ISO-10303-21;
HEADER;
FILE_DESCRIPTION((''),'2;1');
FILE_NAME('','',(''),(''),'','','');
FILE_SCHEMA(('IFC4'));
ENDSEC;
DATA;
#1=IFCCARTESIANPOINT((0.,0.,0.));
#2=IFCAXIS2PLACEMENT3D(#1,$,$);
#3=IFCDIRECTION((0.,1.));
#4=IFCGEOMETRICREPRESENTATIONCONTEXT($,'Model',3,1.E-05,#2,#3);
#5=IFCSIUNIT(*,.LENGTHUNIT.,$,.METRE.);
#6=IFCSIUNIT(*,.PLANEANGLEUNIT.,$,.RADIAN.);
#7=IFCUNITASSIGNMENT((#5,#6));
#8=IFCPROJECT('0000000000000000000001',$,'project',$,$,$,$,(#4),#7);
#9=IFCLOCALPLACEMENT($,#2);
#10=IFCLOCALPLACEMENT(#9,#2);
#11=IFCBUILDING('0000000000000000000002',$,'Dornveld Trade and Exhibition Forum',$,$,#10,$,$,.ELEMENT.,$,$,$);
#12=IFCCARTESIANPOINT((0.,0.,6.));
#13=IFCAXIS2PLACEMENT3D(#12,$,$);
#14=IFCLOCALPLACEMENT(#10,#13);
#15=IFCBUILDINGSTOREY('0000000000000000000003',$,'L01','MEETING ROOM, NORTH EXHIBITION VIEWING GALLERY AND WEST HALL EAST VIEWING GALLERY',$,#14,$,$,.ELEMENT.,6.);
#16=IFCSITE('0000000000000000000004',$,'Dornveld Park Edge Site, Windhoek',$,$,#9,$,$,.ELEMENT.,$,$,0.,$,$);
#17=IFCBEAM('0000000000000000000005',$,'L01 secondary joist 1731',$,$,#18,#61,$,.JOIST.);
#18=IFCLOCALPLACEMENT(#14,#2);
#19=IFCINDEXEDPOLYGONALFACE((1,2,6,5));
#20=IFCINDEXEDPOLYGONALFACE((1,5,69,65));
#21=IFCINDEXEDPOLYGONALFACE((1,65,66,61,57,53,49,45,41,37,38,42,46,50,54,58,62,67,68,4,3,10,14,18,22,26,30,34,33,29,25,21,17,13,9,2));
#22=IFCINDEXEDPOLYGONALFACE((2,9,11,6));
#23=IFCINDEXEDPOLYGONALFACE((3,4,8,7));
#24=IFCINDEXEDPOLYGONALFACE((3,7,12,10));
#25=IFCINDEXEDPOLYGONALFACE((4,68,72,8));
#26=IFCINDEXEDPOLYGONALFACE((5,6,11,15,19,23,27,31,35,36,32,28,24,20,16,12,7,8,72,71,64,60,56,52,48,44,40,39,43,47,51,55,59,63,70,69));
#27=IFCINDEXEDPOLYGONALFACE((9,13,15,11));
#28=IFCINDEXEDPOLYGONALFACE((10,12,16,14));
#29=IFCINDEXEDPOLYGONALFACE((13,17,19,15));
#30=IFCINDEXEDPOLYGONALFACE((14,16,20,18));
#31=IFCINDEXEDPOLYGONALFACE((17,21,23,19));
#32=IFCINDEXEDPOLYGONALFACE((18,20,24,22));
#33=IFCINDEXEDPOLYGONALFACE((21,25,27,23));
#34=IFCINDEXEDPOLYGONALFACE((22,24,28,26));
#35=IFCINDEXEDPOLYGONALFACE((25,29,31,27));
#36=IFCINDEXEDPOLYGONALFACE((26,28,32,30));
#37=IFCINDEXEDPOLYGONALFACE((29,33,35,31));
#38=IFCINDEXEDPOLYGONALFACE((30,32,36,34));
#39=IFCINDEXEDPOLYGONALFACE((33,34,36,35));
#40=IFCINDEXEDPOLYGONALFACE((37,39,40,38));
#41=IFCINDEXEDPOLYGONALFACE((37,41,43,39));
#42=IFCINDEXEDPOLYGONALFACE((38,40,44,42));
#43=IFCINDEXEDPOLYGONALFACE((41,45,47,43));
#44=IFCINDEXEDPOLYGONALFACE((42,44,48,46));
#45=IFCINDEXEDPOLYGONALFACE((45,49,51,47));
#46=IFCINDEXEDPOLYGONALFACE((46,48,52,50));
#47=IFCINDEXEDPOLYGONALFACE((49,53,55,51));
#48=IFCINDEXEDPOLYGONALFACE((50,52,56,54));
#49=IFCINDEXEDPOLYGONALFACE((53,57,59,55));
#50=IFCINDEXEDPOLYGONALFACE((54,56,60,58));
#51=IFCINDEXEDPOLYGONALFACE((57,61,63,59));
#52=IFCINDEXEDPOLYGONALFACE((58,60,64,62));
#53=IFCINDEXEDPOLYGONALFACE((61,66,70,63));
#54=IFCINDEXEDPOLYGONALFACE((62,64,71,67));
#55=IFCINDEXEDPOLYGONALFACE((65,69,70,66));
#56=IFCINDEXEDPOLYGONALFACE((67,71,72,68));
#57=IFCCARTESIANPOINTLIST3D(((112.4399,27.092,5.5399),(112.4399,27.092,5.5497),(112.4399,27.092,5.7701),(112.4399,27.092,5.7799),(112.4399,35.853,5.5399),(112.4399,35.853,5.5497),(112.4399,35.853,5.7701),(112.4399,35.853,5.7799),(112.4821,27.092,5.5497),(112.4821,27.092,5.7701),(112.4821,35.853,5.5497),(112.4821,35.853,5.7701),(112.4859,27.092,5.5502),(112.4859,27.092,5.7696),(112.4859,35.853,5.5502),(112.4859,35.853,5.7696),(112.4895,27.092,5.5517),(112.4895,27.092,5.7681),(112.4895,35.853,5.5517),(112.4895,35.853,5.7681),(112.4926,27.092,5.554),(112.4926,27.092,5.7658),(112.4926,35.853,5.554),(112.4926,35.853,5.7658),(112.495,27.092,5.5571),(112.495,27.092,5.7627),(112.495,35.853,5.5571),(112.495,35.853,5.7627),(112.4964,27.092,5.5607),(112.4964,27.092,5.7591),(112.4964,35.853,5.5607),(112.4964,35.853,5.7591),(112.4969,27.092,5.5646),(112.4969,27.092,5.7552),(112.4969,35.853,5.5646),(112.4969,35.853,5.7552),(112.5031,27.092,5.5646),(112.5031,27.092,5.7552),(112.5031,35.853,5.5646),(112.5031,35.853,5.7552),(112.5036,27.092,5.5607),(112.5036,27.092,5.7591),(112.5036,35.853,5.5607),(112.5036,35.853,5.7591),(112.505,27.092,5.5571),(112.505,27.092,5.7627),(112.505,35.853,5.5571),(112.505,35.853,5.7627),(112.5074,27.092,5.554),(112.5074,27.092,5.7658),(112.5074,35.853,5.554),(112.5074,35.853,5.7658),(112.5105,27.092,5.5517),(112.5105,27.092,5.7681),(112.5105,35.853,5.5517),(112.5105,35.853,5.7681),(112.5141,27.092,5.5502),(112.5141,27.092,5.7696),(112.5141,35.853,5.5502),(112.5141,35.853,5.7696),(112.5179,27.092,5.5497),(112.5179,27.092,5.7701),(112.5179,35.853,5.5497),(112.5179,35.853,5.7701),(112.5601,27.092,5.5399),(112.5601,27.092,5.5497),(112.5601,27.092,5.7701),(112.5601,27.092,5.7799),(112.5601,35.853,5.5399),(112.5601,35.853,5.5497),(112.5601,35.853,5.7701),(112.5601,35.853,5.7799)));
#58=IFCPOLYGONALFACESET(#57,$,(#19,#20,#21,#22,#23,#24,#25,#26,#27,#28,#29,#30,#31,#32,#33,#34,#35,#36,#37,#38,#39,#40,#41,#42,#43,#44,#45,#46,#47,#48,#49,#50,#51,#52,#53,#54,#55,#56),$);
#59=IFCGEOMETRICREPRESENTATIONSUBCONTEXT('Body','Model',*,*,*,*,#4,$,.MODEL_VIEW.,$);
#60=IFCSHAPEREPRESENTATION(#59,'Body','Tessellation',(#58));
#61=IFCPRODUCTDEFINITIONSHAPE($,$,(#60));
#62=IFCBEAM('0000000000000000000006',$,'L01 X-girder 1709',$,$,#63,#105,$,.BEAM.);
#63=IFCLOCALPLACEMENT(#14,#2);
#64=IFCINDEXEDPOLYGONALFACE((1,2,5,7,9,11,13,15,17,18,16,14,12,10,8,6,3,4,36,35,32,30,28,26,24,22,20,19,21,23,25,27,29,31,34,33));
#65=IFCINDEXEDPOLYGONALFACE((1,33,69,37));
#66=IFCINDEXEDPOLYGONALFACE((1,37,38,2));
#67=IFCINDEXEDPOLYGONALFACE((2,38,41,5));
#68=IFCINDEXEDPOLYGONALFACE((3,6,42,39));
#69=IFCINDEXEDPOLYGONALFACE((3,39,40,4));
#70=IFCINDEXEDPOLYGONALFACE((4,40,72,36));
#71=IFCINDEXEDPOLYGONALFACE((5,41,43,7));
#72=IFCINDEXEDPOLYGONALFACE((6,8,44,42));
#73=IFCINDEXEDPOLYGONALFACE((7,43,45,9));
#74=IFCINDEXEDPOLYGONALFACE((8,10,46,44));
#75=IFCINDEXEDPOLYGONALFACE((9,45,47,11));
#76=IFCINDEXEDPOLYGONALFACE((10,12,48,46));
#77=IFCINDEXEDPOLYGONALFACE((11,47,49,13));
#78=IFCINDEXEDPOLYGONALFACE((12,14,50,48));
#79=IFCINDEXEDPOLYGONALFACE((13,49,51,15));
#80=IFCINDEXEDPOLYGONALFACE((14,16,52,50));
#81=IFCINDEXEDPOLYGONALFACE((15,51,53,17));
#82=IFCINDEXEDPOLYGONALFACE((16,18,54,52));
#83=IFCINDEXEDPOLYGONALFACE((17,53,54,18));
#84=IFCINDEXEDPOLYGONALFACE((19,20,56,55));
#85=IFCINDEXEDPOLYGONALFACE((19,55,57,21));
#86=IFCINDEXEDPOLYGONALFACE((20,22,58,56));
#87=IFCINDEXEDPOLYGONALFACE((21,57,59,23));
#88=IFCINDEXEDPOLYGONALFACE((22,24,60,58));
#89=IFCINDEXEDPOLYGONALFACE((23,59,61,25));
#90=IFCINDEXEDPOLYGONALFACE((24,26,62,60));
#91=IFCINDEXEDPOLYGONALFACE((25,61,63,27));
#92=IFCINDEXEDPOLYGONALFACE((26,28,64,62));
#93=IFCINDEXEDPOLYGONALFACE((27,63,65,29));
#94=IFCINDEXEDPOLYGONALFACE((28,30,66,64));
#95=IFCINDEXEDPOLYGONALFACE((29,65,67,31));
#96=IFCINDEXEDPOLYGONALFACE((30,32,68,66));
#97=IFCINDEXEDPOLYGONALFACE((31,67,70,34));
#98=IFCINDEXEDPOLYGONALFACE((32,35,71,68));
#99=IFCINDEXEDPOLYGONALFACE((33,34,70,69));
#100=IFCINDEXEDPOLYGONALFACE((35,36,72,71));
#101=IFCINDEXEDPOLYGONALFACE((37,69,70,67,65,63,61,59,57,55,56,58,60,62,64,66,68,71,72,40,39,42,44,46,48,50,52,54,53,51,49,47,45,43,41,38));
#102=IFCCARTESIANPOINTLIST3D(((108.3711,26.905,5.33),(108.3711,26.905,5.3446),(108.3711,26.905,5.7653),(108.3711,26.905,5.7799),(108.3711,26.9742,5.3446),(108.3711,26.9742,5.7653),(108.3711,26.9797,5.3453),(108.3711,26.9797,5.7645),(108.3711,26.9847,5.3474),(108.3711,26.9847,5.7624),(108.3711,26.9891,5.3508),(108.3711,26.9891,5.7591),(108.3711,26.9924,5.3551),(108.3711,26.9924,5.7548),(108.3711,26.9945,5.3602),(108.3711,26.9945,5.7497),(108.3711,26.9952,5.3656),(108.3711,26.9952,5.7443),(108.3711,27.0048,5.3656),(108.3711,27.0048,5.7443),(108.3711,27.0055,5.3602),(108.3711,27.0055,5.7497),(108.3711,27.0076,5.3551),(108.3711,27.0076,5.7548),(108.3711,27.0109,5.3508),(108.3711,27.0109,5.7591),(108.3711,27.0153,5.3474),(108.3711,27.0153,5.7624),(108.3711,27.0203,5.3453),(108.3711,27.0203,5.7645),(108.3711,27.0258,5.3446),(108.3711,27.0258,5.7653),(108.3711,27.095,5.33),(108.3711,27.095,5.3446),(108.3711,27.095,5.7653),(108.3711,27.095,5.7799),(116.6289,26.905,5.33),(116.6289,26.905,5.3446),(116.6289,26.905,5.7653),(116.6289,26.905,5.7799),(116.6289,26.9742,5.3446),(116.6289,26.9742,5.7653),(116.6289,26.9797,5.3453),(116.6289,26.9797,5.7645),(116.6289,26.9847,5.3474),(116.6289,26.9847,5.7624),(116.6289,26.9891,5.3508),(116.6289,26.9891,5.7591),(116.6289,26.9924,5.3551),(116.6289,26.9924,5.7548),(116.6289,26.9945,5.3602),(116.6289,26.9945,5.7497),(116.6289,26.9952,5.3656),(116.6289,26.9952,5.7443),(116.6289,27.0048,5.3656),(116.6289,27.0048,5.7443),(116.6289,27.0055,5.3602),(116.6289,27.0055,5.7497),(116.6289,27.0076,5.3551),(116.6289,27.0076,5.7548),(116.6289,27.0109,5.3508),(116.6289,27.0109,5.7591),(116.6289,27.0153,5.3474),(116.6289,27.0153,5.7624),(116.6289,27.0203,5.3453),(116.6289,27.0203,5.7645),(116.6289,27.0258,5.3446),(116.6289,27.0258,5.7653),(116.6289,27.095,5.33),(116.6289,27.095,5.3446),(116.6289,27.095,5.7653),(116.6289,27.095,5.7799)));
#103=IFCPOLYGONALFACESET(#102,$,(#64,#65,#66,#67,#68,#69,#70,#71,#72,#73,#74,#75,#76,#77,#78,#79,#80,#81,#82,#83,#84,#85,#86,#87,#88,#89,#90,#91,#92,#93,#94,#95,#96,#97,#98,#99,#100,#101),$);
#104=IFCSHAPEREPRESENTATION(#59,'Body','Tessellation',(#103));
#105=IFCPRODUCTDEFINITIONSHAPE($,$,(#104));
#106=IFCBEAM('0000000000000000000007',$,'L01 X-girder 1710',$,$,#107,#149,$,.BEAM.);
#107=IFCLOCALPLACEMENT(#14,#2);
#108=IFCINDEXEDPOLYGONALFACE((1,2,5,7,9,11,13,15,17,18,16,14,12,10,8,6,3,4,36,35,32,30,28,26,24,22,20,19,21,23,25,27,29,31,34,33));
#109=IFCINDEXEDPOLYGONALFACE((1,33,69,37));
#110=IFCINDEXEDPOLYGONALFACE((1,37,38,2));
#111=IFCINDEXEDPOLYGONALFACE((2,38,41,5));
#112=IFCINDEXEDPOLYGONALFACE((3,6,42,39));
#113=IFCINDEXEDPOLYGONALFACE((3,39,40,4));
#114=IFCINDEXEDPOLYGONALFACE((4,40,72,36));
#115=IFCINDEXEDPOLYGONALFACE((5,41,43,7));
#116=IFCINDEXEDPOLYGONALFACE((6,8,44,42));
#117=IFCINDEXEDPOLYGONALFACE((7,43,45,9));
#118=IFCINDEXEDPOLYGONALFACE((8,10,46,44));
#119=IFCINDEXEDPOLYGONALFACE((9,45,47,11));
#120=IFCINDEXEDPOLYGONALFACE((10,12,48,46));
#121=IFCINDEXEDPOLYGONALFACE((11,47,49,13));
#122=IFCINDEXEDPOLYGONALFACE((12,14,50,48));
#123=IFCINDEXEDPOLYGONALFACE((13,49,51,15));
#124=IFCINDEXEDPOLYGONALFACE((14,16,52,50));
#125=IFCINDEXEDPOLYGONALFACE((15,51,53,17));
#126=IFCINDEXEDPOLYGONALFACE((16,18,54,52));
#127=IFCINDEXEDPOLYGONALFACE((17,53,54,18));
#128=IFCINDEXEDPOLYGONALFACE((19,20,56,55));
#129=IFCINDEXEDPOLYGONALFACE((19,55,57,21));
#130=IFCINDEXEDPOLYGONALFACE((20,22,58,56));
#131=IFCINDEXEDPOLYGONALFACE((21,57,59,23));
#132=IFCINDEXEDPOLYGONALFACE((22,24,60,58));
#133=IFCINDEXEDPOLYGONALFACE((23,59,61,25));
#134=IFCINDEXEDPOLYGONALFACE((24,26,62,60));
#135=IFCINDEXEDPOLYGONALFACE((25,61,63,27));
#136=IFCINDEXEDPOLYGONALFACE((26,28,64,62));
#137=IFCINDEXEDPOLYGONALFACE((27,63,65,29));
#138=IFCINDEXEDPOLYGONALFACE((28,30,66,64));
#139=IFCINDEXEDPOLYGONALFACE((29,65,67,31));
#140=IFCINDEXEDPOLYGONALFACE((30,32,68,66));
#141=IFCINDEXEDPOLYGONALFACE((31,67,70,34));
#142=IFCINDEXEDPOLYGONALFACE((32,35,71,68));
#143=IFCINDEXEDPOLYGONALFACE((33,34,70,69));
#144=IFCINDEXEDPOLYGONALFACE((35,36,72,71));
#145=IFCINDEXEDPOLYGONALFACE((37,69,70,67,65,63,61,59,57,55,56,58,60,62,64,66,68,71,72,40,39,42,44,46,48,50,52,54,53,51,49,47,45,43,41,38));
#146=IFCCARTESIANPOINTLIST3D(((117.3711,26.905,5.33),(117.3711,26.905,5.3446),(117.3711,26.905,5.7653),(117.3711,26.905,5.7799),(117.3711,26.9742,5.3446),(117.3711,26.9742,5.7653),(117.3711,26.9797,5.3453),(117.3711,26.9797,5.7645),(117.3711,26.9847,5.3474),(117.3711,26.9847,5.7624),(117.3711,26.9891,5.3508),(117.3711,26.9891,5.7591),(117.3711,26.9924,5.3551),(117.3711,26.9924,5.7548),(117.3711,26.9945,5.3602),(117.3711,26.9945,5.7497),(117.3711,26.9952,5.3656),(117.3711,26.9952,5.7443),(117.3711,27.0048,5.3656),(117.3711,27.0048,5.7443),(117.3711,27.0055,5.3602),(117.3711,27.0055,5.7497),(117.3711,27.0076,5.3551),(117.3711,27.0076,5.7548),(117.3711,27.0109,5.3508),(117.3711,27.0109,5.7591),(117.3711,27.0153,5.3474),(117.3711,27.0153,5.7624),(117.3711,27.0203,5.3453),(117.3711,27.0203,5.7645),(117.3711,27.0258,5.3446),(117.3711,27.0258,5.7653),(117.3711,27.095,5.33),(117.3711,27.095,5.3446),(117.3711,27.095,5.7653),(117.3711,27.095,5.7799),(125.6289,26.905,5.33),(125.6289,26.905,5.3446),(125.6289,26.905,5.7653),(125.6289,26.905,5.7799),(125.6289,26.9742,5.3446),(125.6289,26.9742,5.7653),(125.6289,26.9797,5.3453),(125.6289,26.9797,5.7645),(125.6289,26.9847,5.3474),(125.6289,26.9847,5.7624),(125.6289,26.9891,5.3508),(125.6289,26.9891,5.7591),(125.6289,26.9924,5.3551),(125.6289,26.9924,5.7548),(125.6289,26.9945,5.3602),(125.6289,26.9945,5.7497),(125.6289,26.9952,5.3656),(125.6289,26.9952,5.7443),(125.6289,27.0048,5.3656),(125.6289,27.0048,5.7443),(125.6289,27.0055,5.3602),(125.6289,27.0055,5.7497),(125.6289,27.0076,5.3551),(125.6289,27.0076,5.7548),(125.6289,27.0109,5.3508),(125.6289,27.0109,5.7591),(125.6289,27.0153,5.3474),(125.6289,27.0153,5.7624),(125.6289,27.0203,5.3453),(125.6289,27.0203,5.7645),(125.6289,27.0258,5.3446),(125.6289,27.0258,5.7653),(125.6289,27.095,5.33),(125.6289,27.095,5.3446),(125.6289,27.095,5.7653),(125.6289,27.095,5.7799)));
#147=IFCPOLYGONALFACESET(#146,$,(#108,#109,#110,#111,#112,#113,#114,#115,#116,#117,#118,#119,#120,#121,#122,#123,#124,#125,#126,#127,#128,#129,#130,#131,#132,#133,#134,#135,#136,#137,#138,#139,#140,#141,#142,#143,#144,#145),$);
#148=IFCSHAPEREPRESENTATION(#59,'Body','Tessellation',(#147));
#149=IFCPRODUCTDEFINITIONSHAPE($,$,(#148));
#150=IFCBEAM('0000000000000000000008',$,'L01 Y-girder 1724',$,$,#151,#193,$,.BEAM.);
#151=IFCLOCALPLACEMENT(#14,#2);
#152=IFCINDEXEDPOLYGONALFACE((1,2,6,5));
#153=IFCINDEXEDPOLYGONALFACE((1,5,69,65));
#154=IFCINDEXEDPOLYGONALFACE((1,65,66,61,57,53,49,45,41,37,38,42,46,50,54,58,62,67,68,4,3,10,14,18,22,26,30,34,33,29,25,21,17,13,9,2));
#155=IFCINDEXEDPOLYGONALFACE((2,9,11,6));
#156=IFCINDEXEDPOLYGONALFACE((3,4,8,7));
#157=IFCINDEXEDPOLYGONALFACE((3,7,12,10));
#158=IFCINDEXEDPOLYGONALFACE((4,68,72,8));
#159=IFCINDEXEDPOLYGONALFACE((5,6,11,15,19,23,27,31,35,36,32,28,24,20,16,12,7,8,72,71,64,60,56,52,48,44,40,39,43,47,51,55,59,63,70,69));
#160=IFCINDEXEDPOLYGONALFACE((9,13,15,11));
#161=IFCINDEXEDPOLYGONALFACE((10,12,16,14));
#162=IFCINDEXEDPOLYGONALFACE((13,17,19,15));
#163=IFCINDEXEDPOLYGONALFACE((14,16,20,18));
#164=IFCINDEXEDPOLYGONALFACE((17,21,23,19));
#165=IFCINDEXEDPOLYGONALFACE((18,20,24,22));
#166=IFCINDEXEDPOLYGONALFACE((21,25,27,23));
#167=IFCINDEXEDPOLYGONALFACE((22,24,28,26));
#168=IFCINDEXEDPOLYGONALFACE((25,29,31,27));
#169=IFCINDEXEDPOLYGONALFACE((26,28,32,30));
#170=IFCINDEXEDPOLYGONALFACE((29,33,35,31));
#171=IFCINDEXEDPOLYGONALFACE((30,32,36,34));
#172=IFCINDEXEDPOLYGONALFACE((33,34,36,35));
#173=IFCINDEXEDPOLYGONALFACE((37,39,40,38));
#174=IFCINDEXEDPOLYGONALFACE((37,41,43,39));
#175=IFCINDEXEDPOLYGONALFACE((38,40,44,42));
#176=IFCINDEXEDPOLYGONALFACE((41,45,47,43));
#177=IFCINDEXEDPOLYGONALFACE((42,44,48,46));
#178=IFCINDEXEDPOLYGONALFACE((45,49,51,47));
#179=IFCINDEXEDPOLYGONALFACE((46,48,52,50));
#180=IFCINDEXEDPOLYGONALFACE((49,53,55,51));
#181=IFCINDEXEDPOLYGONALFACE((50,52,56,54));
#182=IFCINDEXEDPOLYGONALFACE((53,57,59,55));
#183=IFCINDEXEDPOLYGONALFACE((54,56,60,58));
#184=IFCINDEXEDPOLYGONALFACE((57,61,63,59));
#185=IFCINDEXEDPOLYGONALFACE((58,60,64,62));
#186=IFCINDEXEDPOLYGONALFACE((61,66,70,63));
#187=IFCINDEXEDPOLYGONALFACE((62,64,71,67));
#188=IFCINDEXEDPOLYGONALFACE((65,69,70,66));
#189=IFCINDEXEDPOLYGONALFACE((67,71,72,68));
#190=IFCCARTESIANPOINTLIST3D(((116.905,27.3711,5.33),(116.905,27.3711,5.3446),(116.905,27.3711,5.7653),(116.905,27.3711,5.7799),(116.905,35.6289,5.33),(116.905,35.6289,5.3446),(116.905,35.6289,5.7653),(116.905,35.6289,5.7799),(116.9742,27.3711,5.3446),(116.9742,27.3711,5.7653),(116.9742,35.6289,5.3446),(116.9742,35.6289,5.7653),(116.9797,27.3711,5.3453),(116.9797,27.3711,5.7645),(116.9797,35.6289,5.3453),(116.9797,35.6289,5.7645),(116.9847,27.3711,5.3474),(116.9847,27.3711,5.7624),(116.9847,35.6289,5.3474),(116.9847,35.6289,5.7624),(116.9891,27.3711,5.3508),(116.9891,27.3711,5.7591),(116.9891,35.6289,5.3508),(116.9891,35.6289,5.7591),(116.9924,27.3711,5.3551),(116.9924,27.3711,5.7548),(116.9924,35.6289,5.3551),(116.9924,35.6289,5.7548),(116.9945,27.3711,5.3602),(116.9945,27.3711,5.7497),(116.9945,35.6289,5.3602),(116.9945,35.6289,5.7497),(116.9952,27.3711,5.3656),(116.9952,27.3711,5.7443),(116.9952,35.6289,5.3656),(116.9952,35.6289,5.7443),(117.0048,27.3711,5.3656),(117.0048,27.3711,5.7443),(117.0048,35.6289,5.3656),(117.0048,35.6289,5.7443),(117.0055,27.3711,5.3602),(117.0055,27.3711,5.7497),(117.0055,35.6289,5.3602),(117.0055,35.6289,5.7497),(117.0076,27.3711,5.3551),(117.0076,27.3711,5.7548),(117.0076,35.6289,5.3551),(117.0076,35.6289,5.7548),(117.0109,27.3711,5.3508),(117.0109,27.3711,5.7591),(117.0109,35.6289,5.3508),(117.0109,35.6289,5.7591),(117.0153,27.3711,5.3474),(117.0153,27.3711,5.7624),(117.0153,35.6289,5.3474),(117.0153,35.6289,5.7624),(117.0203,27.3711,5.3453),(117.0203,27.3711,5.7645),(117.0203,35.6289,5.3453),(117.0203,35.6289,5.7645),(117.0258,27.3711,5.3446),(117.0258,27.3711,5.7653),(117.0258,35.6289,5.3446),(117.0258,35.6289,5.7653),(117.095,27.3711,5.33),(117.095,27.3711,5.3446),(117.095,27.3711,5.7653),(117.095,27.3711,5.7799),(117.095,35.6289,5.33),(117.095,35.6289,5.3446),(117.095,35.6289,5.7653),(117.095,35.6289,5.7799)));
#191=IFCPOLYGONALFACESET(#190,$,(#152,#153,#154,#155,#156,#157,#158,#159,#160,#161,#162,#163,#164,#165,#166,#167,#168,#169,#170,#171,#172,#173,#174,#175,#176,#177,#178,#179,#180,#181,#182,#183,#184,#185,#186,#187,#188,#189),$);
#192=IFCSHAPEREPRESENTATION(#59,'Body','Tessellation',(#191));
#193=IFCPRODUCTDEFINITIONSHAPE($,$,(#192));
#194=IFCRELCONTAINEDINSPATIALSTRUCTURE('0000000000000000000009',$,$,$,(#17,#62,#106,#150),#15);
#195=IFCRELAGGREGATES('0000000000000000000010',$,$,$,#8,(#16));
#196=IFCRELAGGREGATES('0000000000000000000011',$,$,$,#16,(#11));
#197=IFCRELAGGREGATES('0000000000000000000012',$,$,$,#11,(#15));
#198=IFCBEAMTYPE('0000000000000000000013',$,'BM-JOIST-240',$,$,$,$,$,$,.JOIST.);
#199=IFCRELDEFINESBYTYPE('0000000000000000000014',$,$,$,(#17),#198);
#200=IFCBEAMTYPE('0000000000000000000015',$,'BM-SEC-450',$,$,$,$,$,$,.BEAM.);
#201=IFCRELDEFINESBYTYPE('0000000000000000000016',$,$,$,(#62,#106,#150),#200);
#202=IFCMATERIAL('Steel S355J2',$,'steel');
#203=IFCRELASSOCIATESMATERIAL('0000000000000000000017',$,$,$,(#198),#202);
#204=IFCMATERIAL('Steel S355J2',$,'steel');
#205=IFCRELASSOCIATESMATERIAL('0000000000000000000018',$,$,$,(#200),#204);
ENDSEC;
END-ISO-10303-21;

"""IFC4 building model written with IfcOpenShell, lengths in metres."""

from ifc_helpers import new_model, si_unit, direction, frame, origin, origin_2d, place, context, subcontext, project, spatial, i_section, extrude, material, material_profile, profile_set, type_object, element, save


model = new_model("IFC4")

# Units and contexts
model_context = context("Model", 3, precision=1e-05, world=origin(), true_north=direction((0.0, 1.0)))
body_context = subcontext(model_context, "Body", "Model", "MODEL_VIEW")
ifc_project = project(units=[si_unit("LENGTHUNIT", "METRE"), si_unit("PLANEANGLEUNIT", "RADIAN")], contexts=[model_context])

# Site, building, storey
site_placement = place(None, origin())
site = spatial("IfcSite", under=ifc_project, at=site_placement, Name="Dornveld Park Edge Site, Windhoek", CompositionType="ELEMENT", RefElevation=0.0)
building_placement = place(site_placement, origin())
building = spatial("IfcBuilding", under=site, at=building_placement, Name="Dornveld Trade and Exhibition Forum", CompositionType="ELEMENT")
storey_placement = place(building_placement, frame((0.0, 0.0, 6.0)))
storey = spatial("IfcBuildingStorey", under=building, at=storey_placement, Name="L01", Description="MEETING ROOM, NORTH EXHIBITION VIEWING GALLERY AND WEST HALL EAST VIEWING GALLERY", CompositionType="ELEMENT", Elevation=6.0)

# Beams
ifc_material_1 = material(Name="Steel S355J2", Category="steel")
ifc_material_profile_1 = material_profile(ifc_material_1, i_section(OverallWidth=0.1201, OverallDepth=0.24, WebThickness=0.0061, FlangeThickness=0.0098, FilletRadius=0.0149, at=origin_2d()), Name="IPE 240")
ifc_profile_set_1 = profile_set([ifc_material_profile_1], Name="Steel S355J2")
beam_type_1 = type_object("IfcBeamType", Name="BM-JOIST-240", PredefinedType="JOIST", material=ifc_profile_set_1)
beam_1_placement = place(storey_placement, frame((112.5, 27.092, 5.6599), z_axis=(0.0, 1.0, 0.0), x_axis=(-1.0, 0.0, 0.0)))
element("IfcBeam", 1, at=beam_1_placement, inside=storey, type_object=beam_type_1, Name="L01 secondary joist 1731", PredefinedType="JOIST", context=body_context, shape_type="SweptSolid", body=[
    extrude(i_section(OverallWidth=0.1201, OverallDepth=0.24, WebThickness=0.0061, FlangeThickness=0.0098, FilletRadius=0.0149, at=origin_2d()), origin(), (0.0, 0.0, 1.0), 8.761),
])
ifc_material_2 = material(Name="Steel S355J2", Category="steel")
ifc_material_profile_2 = material_profile(ifc_material_2, i_section(OverallWidth=0.1899, OverallDepth=0.45, WebThickness=0.0095, FlangeThickness=0.0146, FilletRadius=0.021, at=origin_2d()), Name="IPE 450")
ifc_profile_set_2 = profile_set([ifc_material_profile_2], Name="Steel S355J2")
beam_type_2 = type_object("IfcBeamType", Name="BM-SEC-450", PredefinedType="BEAM", material=ifc_profile_set_2)
for number, where, z_axis, x_axis, name in (
    (2, (108.3711, 27.0, 5.5549), (1.0, 0.0, 0.0), (0.0, 1.0, 0.0), "L01 X-girder 1709"),
    (3, (117.3711, 27.0, 5.5549), (1.0, 0.0, 0.0), (0.0, 1.0, 0.0), "L01 X-girder 1710"),
    (4, (117.0, 27.3711, 5.5549), (0.0, 1.0, 0.0), (-1.0, 0.0, 0.0), "L01 Y-girder 1724"),
):
    element("IfcBeam", number, at=place(storey_placement, frame(where, z_axis=z_axis, x_axis=x_axis)), inside=storey, type_object=beam_type_2, Name=name, PredefinedType="BEAM", context=body_context, shape_type="SweptSolid", body=[
        extrude(i_section(OverallWidth=0.1899, OverallDepth=0.45, WebThickness=0.0095, FlangeThickness=0.0146, FilletRadius=0.021, at=origin_2d()), origin(), (0.0, 0.0, 1.0), 8.2578),
    ])

save(model, "model.ifc")
